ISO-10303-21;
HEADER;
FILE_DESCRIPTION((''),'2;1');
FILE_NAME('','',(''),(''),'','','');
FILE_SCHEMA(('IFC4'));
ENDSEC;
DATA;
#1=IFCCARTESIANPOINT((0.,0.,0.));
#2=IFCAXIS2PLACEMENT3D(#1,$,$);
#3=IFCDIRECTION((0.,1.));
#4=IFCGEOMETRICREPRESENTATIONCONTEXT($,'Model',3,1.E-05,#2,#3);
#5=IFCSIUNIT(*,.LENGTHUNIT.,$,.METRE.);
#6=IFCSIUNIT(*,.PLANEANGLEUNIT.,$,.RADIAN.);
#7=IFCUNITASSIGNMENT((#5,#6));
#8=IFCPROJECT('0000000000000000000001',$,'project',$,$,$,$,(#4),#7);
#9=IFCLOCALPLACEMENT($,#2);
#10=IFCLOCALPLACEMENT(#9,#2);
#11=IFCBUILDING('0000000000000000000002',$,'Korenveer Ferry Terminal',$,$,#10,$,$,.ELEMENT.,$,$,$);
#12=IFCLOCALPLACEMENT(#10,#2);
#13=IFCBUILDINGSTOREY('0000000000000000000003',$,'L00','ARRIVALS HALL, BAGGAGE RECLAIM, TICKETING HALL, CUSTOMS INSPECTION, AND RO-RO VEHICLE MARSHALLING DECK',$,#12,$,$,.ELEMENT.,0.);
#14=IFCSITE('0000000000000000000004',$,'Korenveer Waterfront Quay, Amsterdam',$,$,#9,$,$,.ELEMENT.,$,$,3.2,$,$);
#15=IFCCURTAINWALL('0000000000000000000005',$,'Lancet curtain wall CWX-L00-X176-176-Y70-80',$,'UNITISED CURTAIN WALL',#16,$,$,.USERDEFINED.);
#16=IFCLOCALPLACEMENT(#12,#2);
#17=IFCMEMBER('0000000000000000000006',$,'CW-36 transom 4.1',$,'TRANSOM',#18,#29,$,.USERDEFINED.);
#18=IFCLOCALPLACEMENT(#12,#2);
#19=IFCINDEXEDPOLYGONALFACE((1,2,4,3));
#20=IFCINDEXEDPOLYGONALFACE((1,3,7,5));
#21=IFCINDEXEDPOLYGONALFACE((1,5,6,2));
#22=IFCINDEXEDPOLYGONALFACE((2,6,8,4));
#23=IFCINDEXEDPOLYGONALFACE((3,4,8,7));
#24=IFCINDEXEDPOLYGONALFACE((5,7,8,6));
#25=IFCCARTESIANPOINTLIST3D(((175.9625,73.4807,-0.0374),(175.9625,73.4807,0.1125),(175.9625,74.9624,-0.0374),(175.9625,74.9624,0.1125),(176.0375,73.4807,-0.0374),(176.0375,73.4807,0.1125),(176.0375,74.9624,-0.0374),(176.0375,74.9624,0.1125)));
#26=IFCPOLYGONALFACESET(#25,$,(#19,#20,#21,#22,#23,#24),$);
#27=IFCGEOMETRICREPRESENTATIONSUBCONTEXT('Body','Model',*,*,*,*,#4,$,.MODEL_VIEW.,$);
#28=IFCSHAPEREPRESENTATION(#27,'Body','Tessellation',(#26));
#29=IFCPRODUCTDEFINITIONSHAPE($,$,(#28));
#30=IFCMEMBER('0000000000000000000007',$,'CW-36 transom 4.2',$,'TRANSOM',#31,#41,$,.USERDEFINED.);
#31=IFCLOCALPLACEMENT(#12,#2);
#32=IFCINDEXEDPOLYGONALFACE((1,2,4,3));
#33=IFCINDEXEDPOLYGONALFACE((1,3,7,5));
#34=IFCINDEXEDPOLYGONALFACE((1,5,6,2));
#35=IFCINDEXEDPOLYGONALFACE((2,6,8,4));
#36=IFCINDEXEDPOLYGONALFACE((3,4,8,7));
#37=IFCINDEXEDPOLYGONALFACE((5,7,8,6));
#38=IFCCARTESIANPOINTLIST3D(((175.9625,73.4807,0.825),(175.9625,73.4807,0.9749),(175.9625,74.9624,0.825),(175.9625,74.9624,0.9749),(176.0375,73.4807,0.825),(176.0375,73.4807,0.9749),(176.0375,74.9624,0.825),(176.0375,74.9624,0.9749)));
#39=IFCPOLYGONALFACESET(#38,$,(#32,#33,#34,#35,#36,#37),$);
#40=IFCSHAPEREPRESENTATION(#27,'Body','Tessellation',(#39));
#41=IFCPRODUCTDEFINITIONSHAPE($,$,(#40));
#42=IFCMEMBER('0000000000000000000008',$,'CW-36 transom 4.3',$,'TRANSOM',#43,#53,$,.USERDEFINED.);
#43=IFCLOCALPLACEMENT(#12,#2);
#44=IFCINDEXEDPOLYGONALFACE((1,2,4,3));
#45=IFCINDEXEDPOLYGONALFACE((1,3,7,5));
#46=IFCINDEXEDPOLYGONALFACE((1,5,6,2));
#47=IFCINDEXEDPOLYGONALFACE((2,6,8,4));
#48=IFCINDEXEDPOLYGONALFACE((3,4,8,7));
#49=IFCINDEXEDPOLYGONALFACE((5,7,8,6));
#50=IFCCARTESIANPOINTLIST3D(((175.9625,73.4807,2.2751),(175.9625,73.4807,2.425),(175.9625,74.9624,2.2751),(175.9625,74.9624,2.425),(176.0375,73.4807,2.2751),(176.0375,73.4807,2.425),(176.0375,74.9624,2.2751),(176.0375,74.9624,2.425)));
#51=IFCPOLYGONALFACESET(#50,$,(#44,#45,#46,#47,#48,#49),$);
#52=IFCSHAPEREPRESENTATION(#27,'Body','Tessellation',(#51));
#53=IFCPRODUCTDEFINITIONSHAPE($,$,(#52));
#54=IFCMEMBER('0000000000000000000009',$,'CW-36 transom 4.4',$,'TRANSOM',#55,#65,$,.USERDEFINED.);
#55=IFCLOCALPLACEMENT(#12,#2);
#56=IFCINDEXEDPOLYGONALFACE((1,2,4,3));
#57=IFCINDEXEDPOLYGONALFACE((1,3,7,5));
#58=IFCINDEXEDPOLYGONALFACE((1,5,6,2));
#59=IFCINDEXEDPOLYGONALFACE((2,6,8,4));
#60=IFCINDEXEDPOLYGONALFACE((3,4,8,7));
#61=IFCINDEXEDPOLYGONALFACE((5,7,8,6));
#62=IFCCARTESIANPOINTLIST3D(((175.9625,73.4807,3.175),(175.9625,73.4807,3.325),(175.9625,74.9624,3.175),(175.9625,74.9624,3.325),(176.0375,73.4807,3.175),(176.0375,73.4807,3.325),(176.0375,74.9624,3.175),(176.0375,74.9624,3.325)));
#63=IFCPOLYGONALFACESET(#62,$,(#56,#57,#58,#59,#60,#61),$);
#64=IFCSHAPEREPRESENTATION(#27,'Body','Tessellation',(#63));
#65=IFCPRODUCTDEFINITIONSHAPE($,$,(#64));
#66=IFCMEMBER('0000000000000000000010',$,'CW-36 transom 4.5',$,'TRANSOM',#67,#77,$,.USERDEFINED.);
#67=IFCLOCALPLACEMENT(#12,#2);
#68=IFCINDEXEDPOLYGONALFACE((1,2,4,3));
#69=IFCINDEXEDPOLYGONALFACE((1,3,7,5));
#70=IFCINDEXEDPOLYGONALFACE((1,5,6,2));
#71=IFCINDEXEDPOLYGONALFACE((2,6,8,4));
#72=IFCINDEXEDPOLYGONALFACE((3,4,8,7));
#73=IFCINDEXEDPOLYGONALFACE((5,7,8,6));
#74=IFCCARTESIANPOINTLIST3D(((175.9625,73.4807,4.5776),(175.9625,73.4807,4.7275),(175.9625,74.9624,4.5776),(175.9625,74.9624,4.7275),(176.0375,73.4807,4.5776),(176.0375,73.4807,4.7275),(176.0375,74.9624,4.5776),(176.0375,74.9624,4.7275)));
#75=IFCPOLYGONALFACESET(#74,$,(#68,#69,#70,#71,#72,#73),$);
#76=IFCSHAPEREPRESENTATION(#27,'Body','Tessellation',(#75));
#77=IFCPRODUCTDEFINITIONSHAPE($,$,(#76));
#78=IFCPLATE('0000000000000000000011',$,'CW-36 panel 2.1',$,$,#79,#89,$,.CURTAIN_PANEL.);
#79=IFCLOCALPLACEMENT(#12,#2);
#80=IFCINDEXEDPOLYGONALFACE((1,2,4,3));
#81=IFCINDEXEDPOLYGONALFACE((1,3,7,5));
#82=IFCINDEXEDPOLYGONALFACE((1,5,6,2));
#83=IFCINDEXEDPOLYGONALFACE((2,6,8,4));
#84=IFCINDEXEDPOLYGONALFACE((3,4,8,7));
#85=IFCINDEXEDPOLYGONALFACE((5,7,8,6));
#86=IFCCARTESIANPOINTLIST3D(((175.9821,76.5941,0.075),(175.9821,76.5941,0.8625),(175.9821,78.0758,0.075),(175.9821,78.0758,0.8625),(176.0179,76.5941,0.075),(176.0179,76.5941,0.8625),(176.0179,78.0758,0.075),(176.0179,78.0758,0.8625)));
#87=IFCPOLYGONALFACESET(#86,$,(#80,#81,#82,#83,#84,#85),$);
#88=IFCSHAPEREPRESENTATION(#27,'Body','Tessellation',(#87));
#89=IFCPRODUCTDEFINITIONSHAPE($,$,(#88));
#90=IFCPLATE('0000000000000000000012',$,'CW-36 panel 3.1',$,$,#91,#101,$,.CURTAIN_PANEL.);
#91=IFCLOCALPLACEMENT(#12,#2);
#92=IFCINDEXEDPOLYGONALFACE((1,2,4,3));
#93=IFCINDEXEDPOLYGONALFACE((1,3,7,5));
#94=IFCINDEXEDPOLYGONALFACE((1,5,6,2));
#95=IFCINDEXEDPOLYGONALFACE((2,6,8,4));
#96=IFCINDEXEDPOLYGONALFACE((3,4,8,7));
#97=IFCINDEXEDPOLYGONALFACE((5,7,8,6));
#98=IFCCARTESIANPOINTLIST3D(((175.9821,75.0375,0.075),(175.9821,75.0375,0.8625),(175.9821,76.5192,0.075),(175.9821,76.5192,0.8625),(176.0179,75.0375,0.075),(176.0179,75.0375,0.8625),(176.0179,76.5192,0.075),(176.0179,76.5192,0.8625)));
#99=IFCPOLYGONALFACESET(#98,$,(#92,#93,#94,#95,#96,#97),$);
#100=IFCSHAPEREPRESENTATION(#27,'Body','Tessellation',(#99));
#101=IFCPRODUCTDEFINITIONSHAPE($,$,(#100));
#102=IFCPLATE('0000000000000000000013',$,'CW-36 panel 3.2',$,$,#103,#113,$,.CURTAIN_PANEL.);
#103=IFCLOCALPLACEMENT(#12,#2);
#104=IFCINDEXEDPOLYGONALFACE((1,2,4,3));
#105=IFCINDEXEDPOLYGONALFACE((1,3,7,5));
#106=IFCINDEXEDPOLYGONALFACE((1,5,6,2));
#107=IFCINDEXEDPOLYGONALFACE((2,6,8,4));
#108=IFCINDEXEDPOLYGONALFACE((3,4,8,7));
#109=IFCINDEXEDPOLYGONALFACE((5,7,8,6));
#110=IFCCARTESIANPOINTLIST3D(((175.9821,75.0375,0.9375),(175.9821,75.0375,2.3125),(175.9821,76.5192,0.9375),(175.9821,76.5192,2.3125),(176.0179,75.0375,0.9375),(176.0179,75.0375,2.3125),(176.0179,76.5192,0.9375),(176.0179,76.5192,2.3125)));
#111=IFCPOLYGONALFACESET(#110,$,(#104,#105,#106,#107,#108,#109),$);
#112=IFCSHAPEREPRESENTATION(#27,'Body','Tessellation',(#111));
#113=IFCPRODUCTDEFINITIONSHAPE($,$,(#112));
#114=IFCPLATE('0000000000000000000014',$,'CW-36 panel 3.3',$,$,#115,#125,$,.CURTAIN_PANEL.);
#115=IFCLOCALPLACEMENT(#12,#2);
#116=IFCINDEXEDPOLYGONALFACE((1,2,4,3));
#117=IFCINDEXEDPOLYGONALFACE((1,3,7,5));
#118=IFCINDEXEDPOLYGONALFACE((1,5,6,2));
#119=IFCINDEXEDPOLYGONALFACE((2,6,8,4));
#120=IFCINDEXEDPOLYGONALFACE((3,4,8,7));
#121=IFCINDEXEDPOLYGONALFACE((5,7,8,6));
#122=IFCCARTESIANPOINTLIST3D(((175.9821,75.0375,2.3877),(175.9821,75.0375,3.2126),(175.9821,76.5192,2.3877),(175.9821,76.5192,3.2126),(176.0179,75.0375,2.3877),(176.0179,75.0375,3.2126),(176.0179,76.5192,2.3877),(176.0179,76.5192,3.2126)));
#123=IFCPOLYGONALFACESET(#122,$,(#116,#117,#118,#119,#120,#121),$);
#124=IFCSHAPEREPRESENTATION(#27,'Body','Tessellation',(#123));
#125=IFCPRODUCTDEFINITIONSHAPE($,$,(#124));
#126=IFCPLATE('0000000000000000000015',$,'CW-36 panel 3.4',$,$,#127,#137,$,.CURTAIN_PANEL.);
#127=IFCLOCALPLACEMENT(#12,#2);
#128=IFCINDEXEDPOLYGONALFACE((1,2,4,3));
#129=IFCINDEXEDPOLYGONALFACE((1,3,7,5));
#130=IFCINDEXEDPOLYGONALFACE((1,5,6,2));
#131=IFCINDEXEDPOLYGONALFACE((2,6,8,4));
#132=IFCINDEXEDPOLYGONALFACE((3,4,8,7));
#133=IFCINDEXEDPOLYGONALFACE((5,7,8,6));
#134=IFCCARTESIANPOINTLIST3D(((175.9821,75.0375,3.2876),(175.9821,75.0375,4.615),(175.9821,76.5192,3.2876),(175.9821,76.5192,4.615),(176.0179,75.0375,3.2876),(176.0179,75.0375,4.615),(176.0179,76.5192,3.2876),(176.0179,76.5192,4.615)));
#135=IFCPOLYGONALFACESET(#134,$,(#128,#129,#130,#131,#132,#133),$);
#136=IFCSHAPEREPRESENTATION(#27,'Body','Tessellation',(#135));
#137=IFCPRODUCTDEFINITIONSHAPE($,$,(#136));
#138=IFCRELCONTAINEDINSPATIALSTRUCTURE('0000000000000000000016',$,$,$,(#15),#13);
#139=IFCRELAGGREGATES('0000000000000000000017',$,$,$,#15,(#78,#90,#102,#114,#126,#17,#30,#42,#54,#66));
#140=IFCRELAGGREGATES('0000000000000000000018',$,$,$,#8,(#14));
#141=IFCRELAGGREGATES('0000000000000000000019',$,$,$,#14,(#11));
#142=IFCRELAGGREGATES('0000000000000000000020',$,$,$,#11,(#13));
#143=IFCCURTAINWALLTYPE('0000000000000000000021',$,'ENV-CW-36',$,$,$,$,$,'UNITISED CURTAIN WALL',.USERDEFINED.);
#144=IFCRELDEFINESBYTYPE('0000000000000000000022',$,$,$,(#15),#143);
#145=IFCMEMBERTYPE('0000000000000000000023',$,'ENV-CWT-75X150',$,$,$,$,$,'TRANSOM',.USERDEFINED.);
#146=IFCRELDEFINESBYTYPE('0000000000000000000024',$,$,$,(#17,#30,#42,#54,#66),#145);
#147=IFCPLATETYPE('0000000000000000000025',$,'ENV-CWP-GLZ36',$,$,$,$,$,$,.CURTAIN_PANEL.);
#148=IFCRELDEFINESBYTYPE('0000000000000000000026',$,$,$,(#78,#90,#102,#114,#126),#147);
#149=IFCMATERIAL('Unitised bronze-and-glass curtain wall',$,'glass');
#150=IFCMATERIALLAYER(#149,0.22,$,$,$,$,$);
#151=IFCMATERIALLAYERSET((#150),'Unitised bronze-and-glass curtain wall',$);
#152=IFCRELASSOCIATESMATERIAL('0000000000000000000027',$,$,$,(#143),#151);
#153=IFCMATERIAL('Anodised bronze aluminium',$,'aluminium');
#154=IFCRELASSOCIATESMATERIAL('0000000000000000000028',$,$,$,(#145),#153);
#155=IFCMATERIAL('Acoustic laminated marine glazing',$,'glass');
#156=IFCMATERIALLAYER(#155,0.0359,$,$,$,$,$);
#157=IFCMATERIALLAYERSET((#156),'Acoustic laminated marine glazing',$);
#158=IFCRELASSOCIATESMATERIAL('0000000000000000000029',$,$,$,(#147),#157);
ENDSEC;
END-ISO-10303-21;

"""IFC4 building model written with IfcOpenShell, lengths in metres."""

from ifc_helpers import new_model, si_unit, direction, frame, origin, origin_2d, place, context, subcontext, project, spatial, rectangle, extrude, material, layer, layer_set, material_profile, profile_set, type_object, element, aggregate, save


model = new_model("IFC4")

# Units and contexts
model_context = context("Model", 3, precision=1e-05, world=origin(), true_north=direction((0.0, 1.0)))
body_context = subcontext(model_context, "Body", "Model", "MODEL_VIEW")
ifc_project = project(units=[si_unit("LENGTHUNIT", "METRE"), si_unit("PLANEANGLEUNIT", "RADIAN")], contexts=[model_context])

# Site, building, storey
site_placement = place(None, origin())
site = spatial("IfcSite", under=ifc_project, at=site_placement, Name="Korenveer Waterfront Quay, Amsterdam", CompositionType="ELEMENT", RefElevation=3.2)
building_placement = place(site_placement, origin())
building = spatial("IfcBuilding", under=site, at=building_placement, Name="Korenveer Ferry Terminal", CompositionType="ELEMENT")
storey_placement = place(building_placement, origin())
storey = spatial("IfcBuildingStorey", under=building, at=storey_placement, Name="L00", Description="ARRIVALS HALL, BAGGAGE RECLAIM, TICKETING HALL, CUSTOMS INSPECTION, AND RO-RO VEHICLE MARSHALLING DECK", CompositionType="ELEMENT", Elevation=0.0)

# Curtain wall, members, plates
ifc_material_1 = material(Name="Unitised bronze-and-glass curtain wall", Category="glass")
ifc_layer_1 = layer(ifc_material_1, 0.22)
ifc_layer_set_1 = layer_set([ifc_layer_1], Name="Unitised bronze-and-glass curtain wall")
curtain_wall_type = type_object("IfcCurtainWallType", Name="ENV-CW-36", ElementType="UNITISED CURTAIN WALL", PredefinedType="USERDEFINED", material=ifc_layer_set_1)
curtain_wall_placement = place(storey_placement, frame((176.0, 79.6699, 0.0)))
curtain_wall = element("IfcCurtainWall", 1, at=curtain_wall_placement, inside=storey, type_object=curtain_wall_type, Name="Lancet curtain wall CWX-L00-X176-176-Y70-80", ObjectType="UNITISED CURTAIN WALL", PredefinedType="USERDEFINED")
ifc_material_2 = material(Name="Anodised bronze aluminium", Category="aluminium")
ifc_material_profile_1 = material_profile(ifc_material_2, rectangle(XDim=0.075, YDim=0.1499, at=origin_2d()), Name="ALU 75x150")
ifc_profile_set_1 = profile_set([ifc_material_profile_1], Name="Anodised bronze aluminium")
member_type_1 = type_object("IfcMemberType", Name="ENV-CWT-75X150", ElementType="TRANSOM", PredefinedType="USERDEFINED", material=ifc_profile_set_1)
member_1_placement = place(storey_placement, frame((176.0, 74.9624, 0.0376), z_axis=(0.0, -1.0, 0.0), x_axis=(1.0, 0.0, 0.0)))
member_1 = element("IfcMember", 2, at=member_1_placement, type_object=member_type_1, Name="CW-36 transom 4.1", ObjectType="TRANSOM", PredefinedType="USERDEFINED", context=body_context, shape_type="SweptSolid", body=[
    extrude(rectangle(XDim=0.075, YDim=0.1499, at=origin_2d()), origin(), (0.0, 0.0, 1.0), 1.4817),
])
member_2_placement = place(storey_placement, frame((176.0, 74.9624, 0.8999), z_axis=(0.0, -1.0, 0.0), x_axis=(1.0, 0.0, 0.0)))
member_2 = element("IfcMember", 3, at=member_2_placement, type_object=member_type_1, Name="CW-36 transom 4.2", ObjectType="TRANSOM", PredefinedType="USERDEFINED", context=body_context, shape_type="SweptSolid", body=[
    extrude(rectangle(XDim=0.075, YDim=0.1499, at=origin_2d()), origin(), (0.0, 0.0, 1.0), 1.4817),
])
member_3_placement = place(storey_placement, frame((176.0, 74.9624, 2.3501), z_axis=(0.0, -1.0, 0.0), x_axis=(1.0, 0.0, 0.0)))
member_3 = element("IfcMember", 4, at=member_3_placement, type_object=member_type_1, Name="CW-36 transom 4.3", ObjectType="TRANSOM", PredefinedType="USERDEFINED", context=body_context, shape_type="SweptSolid", body=[
    extrude(rectangle(XDim=0.075, YDim=0.1499, at=origin_2d()), origin(), (0.0, 0.0, 1.0), 1.4817),
])
member_4_placement = place(storey_placement, frame((176.0, 74.9624, 3.25), z_axis=(0.0, -1.0, 0.0), x_axis=(1.0, 0.0, 0.0)))
member_4 = element("IfcMember", 5, at=member_4_placement, type_object=member_type_1, Name="CW-36 transom 4.4", ObjectType="TRANSOM", PredefinedType="USERDEFINED", context=body_context, shape_type="SweptSolid", body=[
    extrude(rectangle(XDim=0.075, YDim=0.1499, at=origin_2d()), origin(), (0.0, 0.0, 1.0), 1.4817),
])
member_5_placement = place(storey_placement, frame((176.0, 74.9624, 4.6526), z_axis=(0.0, -1.0, 0.0), x_axis=(1.0, 0.0, 0.0)))
member_5 = element("IfcMember", 6, at=member_5_placement, type_object=member_type_1, Name="CW-36 transom 4.5", ObjectType="TRANSOM", PredefinedType="USERDEFINED", context=body_context, shape_type="SweptSolid", body=[
    extrude(rectangle(XDim=0.075, YDim=0.1499, at=origin_2d()), origin(), (0.0, 0.0, 1.0), 1.4817),
])
ifc_material_3 = material(Name="Acoustic laminated marine glazing", Category="glass")
ifc_layer_2 = layer(ifc_material_3, 0.0359)
ifc_layer_set_2 = layer_set([ifc_layer_2], Name="Acoustic laminated marine glazing")
plate_type = type_object("IfcPlateType", Name="ENV-CWP-GLZ36", PredefinedType="CURTAIN_PANEL", material=ifc_layer_set_2)
plate_1_placement = place(storey_placement, frame((176.0, 77.335, 0.075), z_axis=(0.0, 0.0, 1.0), x_axis=(0.0, -1.0, 0.0)))
plate_1 = element("IfcPlate", 7, at=plate_1_placement, type_object=plate_type, Name="CW-36 panel 2.1", PredefinedType="CURTAIN_PANEL", context=body_context, shape_type="SweptSolid", body=[
    extrude(rectangle(XDim=1.4817, YDim=0.0359, at=origin_2d()), origin(), (0.0, 0.0, 1.0), 0.7876),
])
plate_2_placement = place(storey_placement, frame((176.0, 75.7783, 0.075), z_axis=(0.0, 0.0, 1.0), x_axis=(0.0, -1.0, 0.0)))
plate_2 = element("IfcPlate", 8, at=plate_2_placement, type_object=plate_type, Name="CW-36 panel 3.1", PredefinedType="CURTAIN_PANEL", context=body_context, shape_type="SweptSolid", body=[
    extrude(rectangle(XDim=1.4817, YDim=0.0359, at=origin_2d()), origin(), (0.0, 0.0, 1.0), 0.7876),
])
plate_3_placement = place(storey_placement, frame((176.0, 75.7783, 0.9375), z_axis=(0.0, 0.0, 1.0), x_axis=(0.0, -1.0, 0.0)))
plate_3 = element("IfcPlate", 9, at=plate_3_placement, type_object=plate_type, Name="CW-36 panel 3.2", PredefinedType="CURTAIN_PANEL", context=body_context, shape_type="SweptSolid", body=[
    extrude(rectangle(XDim=1.4817, YDim=0.0359, at=origin_2d()), origin(), (0.0, 0.0, 1.0), 1.375),
])
plate_4_placement = place(storey_placement, frame((176.0, 75.7783, 2.3877), z_axis=(0.0, 0.0, 1.0), x_axis=(0.0, -1.0, 0.0)))
plate_4 = element("IfcPlate", 10, at=plate_4_placement, type_object=plate_type, Name="CW-36 panel 3.3", PredefinedType="CURTAIN_PANEL", context=body_context, shape_type="SweptSolid", body=[
    extrude(rectangle(XDim=1.4817, YDim=0.0359, at=origin_2d()), origin(), (0.0, 0.0, 1.0), 0.825),
])
plate_5_placement = place(storey_placement, frame((176.0, 75.7783, 3.2876), z_axis=(0.0, 0.0, 1.0), x_axis=(0.0, -1.0, 0.0)))
plate_5 = element("IfcPlate", 11, at=plate_5_placement, type_object=plate_type, Name="CW-36 panel 3.4", PredefinedType="CURTAIN_PANEL", context=body_context, shape_type="SweptSolid", body=[
    extrude(rectangle(XDim=1.4817, YDim=0.0359, at=origin_2d()), origin(), (0.0, 0.0, 1.0), 1.3274),
])
aggregate(curtain_wall, [plate_1, plate_2, plate_3, plate_4, plate_5, member_1, member_2, member_3, member_4, member_5])

save(model, "model.ifc")
